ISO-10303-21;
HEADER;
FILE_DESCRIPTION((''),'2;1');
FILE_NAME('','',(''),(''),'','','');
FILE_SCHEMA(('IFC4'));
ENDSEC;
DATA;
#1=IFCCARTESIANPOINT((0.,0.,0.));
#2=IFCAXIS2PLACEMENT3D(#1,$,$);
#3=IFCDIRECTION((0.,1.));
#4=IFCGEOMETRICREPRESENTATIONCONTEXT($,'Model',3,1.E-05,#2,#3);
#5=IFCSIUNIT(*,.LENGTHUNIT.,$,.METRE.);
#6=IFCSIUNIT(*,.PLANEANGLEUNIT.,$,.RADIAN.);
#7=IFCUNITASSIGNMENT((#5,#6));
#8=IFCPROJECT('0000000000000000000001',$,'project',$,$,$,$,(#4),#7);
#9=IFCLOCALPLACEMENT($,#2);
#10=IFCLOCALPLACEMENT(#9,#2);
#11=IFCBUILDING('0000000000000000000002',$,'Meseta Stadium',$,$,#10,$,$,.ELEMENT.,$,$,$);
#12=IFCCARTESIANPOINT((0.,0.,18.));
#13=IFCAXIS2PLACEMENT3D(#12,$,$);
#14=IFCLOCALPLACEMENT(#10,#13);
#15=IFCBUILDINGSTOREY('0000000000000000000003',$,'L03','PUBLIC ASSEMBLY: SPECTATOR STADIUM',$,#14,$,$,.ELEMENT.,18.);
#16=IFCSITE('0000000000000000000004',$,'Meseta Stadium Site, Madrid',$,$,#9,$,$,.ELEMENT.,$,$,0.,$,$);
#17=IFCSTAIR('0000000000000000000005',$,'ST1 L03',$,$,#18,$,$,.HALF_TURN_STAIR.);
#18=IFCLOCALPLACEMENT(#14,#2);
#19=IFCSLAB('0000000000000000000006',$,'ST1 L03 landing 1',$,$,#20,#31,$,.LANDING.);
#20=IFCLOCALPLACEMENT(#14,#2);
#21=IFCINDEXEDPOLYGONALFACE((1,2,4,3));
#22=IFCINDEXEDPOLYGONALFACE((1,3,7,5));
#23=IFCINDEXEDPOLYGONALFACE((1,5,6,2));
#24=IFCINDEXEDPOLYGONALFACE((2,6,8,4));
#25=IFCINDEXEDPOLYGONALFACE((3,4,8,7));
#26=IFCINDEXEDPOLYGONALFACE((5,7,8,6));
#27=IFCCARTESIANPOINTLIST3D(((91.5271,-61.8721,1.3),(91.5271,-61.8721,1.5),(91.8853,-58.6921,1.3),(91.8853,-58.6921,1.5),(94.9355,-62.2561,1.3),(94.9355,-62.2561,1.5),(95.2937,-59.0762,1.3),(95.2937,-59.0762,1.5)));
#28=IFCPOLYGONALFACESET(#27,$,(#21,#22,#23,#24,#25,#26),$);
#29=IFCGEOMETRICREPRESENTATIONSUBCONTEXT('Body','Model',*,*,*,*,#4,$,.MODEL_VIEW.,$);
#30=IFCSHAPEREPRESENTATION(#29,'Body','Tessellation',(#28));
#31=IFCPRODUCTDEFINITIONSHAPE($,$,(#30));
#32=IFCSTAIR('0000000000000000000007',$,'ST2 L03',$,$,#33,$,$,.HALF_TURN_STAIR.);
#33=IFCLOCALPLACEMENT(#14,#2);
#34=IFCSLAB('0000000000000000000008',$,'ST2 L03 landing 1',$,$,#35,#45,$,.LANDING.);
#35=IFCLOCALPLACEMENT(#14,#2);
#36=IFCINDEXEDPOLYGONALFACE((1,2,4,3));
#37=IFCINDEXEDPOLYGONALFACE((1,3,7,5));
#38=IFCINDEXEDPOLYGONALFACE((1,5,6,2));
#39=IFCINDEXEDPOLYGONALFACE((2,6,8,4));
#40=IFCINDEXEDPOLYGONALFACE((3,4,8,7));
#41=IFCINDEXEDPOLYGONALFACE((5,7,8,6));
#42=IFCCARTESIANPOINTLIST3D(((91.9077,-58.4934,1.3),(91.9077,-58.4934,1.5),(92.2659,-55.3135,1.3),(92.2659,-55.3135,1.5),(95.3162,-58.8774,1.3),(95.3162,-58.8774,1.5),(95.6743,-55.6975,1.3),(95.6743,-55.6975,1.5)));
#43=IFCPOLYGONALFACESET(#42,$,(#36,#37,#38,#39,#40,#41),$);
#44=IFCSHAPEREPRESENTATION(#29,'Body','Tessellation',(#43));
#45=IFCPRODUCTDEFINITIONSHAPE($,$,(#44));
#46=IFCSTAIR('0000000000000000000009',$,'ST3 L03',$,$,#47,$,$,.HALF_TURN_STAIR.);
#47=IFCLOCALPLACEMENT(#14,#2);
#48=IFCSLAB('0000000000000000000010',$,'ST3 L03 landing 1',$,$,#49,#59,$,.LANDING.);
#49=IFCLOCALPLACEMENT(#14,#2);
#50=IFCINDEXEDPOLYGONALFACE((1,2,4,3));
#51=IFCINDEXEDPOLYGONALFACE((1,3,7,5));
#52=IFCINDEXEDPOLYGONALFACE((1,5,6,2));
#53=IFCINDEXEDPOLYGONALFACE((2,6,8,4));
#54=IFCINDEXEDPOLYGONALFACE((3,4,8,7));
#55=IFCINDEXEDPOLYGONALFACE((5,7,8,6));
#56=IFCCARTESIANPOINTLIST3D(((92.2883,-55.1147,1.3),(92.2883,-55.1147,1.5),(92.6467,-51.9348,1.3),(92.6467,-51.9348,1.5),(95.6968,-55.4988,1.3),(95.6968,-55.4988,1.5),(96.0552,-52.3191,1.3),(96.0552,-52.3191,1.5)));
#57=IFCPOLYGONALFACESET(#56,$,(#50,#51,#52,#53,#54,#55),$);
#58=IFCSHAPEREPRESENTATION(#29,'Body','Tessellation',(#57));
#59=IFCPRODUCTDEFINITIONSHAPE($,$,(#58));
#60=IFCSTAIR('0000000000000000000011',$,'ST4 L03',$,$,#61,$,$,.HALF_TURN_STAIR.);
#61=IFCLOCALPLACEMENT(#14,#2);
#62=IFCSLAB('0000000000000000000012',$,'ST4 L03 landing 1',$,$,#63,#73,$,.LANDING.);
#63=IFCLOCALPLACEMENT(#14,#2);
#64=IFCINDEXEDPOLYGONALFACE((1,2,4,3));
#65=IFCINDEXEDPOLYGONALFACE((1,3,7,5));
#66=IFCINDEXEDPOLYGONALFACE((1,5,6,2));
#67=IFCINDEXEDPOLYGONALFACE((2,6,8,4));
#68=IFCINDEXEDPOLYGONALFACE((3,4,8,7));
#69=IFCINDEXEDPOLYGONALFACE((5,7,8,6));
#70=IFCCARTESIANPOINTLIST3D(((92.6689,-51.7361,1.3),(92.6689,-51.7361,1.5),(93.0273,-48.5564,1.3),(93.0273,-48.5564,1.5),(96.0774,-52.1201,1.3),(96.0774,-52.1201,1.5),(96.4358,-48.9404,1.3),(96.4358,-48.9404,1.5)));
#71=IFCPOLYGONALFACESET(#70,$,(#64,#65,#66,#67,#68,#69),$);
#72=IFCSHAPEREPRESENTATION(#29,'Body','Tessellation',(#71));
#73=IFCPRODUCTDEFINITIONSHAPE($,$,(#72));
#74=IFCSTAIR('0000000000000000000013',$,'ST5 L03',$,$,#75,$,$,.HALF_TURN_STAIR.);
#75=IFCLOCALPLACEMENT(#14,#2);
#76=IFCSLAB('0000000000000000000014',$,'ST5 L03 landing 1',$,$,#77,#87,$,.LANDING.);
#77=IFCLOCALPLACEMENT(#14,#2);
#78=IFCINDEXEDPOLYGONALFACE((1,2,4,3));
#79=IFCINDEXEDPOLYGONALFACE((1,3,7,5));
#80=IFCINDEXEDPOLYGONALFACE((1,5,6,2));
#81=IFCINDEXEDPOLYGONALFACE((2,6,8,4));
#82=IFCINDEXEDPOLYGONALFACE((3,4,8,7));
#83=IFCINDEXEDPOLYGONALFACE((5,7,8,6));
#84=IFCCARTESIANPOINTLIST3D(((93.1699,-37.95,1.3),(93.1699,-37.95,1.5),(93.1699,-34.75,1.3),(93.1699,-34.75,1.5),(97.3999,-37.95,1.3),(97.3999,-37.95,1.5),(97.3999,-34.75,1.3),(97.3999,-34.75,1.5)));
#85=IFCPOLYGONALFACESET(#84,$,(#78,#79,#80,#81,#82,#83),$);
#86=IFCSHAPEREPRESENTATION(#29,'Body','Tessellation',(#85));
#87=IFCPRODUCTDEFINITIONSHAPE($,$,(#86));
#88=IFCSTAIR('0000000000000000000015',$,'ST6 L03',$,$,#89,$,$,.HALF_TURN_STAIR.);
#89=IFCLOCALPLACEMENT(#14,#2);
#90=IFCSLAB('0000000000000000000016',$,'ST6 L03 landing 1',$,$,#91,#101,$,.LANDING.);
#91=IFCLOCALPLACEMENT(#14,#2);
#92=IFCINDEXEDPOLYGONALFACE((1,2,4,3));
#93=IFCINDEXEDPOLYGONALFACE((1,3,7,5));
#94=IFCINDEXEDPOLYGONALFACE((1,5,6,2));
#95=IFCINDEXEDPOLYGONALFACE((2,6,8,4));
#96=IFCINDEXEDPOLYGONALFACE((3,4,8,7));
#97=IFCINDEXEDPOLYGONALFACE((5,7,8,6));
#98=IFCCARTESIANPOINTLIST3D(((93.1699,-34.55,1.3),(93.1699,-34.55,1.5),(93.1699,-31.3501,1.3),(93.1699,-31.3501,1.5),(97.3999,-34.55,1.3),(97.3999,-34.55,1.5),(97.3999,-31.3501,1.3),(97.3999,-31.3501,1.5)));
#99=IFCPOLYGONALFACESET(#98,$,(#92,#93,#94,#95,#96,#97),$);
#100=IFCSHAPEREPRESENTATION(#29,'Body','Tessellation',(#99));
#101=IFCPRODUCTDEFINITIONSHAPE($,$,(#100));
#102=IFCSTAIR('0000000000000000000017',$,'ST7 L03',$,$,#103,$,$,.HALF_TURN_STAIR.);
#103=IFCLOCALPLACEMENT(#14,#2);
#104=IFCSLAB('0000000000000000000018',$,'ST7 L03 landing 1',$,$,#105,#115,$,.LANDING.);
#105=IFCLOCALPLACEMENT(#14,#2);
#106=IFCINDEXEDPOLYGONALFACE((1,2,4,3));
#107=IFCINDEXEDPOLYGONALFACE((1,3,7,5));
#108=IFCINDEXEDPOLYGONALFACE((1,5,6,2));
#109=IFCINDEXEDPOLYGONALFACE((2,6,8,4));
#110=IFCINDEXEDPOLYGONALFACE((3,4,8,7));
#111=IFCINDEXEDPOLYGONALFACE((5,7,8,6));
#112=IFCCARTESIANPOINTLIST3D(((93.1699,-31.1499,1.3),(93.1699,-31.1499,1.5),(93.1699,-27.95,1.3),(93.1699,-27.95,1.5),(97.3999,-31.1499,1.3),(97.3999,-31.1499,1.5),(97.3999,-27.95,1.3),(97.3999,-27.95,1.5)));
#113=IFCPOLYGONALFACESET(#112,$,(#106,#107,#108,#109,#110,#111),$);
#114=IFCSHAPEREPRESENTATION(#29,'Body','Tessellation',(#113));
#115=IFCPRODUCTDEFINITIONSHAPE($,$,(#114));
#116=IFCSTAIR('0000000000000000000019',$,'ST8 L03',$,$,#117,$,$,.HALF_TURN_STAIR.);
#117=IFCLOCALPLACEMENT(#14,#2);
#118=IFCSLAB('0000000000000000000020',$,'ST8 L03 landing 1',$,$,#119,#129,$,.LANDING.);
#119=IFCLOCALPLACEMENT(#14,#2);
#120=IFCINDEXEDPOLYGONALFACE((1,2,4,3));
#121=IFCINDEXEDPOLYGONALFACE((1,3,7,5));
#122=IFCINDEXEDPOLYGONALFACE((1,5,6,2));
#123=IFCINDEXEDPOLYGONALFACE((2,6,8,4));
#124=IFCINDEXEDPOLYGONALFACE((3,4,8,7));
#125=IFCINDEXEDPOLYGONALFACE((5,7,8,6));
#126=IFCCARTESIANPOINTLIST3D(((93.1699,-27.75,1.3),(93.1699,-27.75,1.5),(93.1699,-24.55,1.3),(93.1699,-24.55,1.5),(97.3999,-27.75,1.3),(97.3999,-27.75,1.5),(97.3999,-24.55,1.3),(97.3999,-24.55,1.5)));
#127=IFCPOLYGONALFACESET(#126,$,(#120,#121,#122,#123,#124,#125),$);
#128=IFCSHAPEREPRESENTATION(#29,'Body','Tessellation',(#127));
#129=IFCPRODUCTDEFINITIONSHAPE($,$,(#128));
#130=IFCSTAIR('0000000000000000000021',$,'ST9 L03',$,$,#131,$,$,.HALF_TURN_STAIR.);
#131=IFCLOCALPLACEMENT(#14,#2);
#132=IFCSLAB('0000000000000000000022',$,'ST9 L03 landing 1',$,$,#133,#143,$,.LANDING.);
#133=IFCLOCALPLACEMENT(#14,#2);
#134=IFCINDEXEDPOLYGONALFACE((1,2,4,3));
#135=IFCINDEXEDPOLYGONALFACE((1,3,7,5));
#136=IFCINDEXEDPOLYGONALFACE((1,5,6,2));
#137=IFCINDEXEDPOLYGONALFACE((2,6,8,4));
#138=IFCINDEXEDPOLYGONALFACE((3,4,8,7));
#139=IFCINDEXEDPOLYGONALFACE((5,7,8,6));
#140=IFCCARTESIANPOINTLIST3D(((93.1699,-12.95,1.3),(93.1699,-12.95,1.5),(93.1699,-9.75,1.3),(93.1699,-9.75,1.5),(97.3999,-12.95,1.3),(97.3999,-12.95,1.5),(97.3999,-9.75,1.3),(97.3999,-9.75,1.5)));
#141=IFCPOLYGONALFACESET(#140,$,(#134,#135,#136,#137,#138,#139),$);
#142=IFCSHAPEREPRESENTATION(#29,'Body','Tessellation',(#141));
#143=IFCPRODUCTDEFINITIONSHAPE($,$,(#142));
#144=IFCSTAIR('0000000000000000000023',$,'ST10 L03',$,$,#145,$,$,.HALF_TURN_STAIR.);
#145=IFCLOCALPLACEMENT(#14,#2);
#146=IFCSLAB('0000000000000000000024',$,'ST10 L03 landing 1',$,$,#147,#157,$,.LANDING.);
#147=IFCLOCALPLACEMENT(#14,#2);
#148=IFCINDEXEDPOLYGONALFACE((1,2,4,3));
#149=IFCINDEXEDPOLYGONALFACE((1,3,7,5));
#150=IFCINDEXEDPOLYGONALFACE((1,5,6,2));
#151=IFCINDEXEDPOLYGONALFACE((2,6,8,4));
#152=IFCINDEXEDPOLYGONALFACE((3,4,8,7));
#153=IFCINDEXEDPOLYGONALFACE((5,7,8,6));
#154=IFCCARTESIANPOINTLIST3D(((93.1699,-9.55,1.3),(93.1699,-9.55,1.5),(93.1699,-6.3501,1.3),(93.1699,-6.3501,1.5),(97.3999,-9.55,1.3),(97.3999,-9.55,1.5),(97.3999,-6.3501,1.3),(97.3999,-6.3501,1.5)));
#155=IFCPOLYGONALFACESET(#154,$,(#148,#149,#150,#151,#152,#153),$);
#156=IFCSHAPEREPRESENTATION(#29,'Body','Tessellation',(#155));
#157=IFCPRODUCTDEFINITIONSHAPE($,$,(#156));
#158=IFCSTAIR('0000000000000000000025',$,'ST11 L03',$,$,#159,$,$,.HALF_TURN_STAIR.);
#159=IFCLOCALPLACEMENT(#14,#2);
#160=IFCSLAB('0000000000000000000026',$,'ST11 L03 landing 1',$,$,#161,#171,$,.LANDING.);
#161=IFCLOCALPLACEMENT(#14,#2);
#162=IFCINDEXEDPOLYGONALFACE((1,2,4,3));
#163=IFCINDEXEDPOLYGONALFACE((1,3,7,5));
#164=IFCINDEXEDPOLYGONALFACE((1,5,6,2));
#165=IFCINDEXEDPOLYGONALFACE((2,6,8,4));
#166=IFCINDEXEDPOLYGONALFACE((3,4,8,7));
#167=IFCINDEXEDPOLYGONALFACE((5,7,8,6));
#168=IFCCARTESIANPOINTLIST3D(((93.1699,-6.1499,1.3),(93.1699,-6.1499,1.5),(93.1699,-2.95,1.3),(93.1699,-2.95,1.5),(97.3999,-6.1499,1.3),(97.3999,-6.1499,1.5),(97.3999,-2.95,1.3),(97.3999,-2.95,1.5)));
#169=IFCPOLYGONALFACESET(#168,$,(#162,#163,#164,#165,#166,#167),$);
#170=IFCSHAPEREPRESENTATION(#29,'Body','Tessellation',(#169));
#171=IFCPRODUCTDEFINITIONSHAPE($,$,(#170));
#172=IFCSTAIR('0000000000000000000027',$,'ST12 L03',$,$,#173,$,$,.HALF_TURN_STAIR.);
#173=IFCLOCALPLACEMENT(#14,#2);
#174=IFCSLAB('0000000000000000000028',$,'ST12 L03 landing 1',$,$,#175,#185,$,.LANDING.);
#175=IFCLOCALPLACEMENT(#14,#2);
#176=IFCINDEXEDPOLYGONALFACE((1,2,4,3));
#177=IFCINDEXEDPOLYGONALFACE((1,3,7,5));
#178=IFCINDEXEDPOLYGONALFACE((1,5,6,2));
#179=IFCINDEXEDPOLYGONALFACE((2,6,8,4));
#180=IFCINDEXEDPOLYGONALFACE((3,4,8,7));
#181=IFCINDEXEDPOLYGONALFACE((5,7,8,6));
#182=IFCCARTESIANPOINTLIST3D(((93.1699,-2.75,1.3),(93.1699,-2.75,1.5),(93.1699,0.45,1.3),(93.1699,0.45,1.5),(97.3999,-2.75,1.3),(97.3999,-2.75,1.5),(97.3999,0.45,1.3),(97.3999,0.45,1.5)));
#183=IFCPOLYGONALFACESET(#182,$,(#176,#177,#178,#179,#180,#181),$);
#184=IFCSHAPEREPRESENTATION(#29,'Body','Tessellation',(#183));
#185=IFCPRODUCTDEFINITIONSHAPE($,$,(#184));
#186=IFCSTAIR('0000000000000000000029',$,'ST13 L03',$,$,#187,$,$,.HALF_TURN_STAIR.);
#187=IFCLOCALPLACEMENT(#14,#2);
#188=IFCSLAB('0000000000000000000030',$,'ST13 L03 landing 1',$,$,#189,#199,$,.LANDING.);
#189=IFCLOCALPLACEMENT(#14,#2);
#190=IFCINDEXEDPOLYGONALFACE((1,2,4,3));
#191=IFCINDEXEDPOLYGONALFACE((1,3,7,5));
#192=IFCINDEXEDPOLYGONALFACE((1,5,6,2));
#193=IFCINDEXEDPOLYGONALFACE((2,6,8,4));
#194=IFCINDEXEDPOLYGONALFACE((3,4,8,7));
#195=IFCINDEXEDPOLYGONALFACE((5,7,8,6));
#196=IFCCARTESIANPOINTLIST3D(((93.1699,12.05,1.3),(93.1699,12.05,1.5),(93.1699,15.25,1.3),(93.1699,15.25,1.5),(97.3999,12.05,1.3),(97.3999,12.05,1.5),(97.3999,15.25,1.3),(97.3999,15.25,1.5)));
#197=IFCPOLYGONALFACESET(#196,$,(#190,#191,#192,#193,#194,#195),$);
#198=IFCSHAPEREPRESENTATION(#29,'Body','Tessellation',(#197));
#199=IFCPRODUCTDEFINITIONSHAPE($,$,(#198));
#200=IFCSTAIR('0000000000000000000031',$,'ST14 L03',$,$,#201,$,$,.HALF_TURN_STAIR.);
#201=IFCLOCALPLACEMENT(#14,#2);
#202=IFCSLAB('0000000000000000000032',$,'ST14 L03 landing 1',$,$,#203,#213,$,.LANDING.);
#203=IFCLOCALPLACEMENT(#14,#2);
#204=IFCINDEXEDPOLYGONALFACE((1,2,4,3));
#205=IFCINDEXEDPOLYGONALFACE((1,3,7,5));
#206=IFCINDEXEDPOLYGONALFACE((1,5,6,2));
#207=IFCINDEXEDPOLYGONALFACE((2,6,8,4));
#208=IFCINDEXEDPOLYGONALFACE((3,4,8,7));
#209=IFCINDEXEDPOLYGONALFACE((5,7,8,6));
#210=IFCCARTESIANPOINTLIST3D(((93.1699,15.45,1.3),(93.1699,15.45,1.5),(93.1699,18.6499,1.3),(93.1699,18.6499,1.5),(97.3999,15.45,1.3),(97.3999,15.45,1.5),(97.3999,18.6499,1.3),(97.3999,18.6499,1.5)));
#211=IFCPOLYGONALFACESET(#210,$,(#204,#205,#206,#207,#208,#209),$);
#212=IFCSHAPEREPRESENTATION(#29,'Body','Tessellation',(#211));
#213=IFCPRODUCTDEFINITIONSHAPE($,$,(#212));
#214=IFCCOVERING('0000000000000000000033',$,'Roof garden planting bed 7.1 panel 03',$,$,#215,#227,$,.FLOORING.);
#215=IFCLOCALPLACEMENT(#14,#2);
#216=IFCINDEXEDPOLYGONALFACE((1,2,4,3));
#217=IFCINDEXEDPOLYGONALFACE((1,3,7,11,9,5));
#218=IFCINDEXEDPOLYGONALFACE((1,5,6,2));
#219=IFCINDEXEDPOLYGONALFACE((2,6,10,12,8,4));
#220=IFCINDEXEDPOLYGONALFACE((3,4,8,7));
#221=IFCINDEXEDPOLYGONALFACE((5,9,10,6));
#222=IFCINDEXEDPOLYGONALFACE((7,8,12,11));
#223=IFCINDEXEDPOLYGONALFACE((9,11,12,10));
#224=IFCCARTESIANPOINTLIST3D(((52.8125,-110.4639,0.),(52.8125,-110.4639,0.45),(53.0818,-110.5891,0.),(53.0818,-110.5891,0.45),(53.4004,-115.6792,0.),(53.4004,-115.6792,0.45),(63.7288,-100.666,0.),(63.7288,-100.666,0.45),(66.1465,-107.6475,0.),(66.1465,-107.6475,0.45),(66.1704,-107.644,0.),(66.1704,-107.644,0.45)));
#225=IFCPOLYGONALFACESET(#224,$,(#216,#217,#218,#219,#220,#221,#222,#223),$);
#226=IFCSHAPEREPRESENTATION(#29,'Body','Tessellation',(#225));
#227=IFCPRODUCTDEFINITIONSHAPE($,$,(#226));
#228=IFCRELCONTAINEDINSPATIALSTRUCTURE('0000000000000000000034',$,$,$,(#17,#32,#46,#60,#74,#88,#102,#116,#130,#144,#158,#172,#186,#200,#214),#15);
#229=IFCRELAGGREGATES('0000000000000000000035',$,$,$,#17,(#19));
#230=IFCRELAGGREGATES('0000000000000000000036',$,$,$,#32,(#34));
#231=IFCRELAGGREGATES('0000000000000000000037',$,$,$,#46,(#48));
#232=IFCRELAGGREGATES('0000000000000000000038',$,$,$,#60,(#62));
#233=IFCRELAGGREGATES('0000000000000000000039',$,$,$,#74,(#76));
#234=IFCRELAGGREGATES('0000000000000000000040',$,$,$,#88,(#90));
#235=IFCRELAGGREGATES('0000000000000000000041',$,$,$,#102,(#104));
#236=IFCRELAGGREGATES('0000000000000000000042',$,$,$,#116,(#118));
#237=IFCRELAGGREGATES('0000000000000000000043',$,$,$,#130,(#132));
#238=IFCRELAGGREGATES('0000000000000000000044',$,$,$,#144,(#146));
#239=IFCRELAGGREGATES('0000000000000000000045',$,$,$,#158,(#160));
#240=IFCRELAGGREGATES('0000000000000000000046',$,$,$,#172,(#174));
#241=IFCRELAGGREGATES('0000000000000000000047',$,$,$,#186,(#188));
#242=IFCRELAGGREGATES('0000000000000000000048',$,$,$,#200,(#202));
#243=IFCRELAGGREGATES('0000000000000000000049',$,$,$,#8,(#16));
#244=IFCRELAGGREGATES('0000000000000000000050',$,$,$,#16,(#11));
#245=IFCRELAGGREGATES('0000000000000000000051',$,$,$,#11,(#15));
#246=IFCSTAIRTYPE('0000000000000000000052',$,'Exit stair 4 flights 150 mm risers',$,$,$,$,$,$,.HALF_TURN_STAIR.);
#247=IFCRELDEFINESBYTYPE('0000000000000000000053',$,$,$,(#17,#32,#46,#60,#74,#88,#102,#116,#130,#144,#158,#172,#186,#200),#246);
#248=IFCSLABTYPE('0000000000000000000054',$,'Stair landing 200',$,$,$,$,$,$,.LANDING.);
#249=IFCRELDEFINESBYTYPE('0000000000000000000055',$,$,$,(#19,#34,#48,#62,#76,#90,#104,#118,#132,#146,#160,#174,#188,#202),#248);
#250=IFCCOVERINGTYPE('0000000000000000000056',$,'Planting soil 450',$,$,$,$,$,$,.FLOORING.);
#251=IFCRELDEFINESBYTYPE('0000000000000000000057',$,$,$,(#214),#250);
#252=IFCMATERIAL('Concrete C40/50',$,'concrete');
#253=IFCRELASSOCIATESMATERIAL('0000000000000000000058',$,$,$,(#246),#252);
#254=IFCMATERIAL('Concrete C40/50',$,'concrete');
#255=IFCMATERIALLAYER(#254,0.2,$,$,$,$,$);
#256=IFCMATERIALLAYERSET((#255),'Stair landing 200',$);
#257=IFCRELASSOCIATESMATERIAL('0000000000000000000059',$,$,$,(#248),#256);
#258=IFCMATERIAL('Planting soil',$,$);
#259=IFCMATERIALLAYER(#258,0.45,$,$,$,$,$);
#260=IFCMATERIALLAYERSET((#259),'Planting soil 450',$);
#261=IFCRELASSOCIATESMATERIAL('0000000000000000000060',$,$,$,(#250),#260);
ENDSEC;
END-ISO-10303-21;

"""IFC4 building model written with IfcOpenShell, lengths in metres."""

from ifc_helpers import new_model, si_unit, direction, frame, origin, place, context, subcontext, project, spatial, polyline, outline, extrude, material, layer, layer_set, type_object, element, aggregate, save


model = new_model("IFC4")

# Units and contexts
model_context = context("Model", 3, precision=1e-05, world=origin(), true_north=direction((0.0, 1.0)))
body_context = subcontext(model_context, "Body", "Model", "MODEL_VIEW")
ifc_project = project(units=[si_unit("LENGTHUNIT", "METRE"), si_unit("PLANEANGLEUNIT", "RADIAN")], contexts=[model_context])

# Site, building, storey
site_placement = place(None, origin())
site = spatial("IfcSite", under=ifc_project, at=site_placement, Name="Meseta Stadium Site, Madrid", CompositionType="ELEMENT", RefElevation=0.0)
building_placement = place(site_placement, origin())
building = spatial("IfcBuilding", under=site, at=building_placement, Name="Meseta Stadium", CompositionType="ELEMENT")
storey_placement = place(building_placement, frame((0.0, 0.0, 18.0)))
storey = spatial("IfcBuildingStorey", under=building, at=storey_placement, Name="L03", Description="PUBLIC ASSEMBLY: SPECTATOR STADIUM", CompositionType="ELEMENT", Elevation=18.0)

# Stairs, slabs
ifc_material_1 = material(Name="Concrete C40/50", Category="concrete")
stair_type = type_object("IfcStairType", Name="Exit stair 4 flights 150 mm risers", PredefinedType="HALF_TURN_STAIR", material=ifc_material_1)
stair_1_placement = place(storey_placement, origin())
stair_1 = element("IfcStair", 1, at=stair_1_placement, inside=storey, type_object=stair_type, Name="ST1 L03", PredefinedType="HALF_TURN_STAIR")
ifc_material_2 = material(Name="Concrete C40/50", Category="concrete")
ifc_layer_1 = layer(ifc_material_2, 0.2)
ifc_layer_set_1 = layer_set([ifc_layer_1], Name="Stair landing 200")
slab_type = type_object("IfcSlabType", Name="Stair landing 200", PredefinedType="LANDING", material=ifc_layer_set_1)
slab_1_placement = place(storey_placement, frame((0.0, 0.0, 1.3)))
slab_1 = element("IfcSlab", 2, at=slab_1_placement, type_object=slab_type, Name="ST1 L03 landing 1", PredefinedType="LANDING", context=body_context, shape_type="SweptSolid", body=[
    extrude(outline(polyline([(91.5271, -61.8721), (94.9355, -62.2561), (95.2937, -59.0762), (91.8853, -58.6921), (91.5271, -61.8721)])), origin(), (0.0, 0.0, 1.0), 0.2),
])
aggregate(stair_1, [slab_1])
stair_2_placement = place(storey_placement, origin())
stair_2 = element("IfcStair", 3, at=stair_2_placement, inside=storey, type_object=stair_type, Name="ST2 L03", PredefinedType="HALF_TURN_STAIR")
slab_2_placement = place(storey_placement, frame((0.0, 0.0, 1.3)))
slab_2 = element("IfcSlab", 4, at=slab_2_placement, type_object=slab_type, Name="ST2 L03 landing 1", PredefinedType="LANDING", context=body_context, shape_type="SweptSolid", body=[
    extrude(outline(polyline([(91.9077, -58.4934), (95.3162, -58.8774), (95.6743, -55.6975), (92.2659, -55.3135), (91.9077, -58.4934)])), origin(), (0.0, 0.0, 1.0), 0.2),
])
aggregate(stair_2, [slab_2])
stair_3_placement = place(storey_placement, origin())
stair_3 = element("IfcStair", 5, at=stair_3_placement, inside=storey, type_object=stair_type, Name="ST3 L03", PredefinedType="HALF_TURN_STAIR")
slab_3_placement = place(storey_placement, frame((0.0, 0.0, 1.3)))
slab_3 = element("IfcSlab", 6, at=slab_3_placement, type_object=slab_type, Name="ST3 L03 landing 1", PredefinedType="LANDING", context=body_context, shape_type="SweptSolid", body=[
    extrude(outline(polyline([(92.2883, -55.1147), (95.6968, -55.4988), (96.0552, -52.3191), (92.6467, -51.9348), (92.2883, -55.1147)])), origin(), (0.0, 0.0, 1.0), 0.2),
])
aggregate(stair_3, [slab_3])
stair_4_placement = place(storey_placement, origin())
stair_4 = element("IfcStair", 7, at=stair_4_placement, inside=storey, type_object=stair_type, Name="ST4 L03", PredefinedType="HALF_TURN_STAIR")
slab_4_placement = place(storey_placement, frame((0.0, 0.0, 1.3)))
slab_4 = element("IfcSlab", 8, at=slab_4_placement, type_object=slab_type, Name="ST4 L03 landing 1", PredefinedType="LANDING", context=body_context, shape_type="SweptSolid", body=[
    extrude(outline(polyline([(92.6689, -51.7361), (96.0774, -52.1201), (96.4358, -48.9404), (93.0273, -48.5564), (92.6689, -51.7361)])), origin(), (0.0, 0.0, 1.0), 0.2),
])
aggregate(stair_4, [slab_4])
stair_5_placement = place(storey_placement, origin())
stair_5 = element("IfcStair", 9, at=stair_5_placement, inside=storey, type_object=stair_type, Name="ST5 L03", PredefinedType="HALF_TURN_STAIR")
slab_5_placement = place(storey_placement, frame((0.0, 0.0, 1.3)))
slab_5 = element("IfcSlab", 10, at=slab_5_placement, type_object=slab_type, Name="ST5 L03 landing 1", PredefinedType="LANDING", context=body_context, shape_type="SweptSolid", body=[
    extrude(outline(polyline([(93.1699, -37.95), (97.3999, -37.95), (97.3999, -34.75), (93.1699, -34.75), (93.1699, -37.95)])), origin(), (0.0, 0.0, 1.0), 0.2),
])
aggregate(stair_5, [slab_5])
stair_6_placement = place(storey_placement, origin())
stair_6 = element("IfcStair", 11, at=stair_6_placement, inside=storey, type_object=stair_type, Name="ST6 L03", PredefinedType="HALF_TURN_STAIR")
slab_6_placement = place(storey_placement, frame((0.0, 0.0, 1.3)))
slab_6 = element("IfcSlab", 12, at=slab_6_placement, type_object=slab_type, Name="ST6 L03 landing 1", PredefinedType="LANDING", context=body_context, shape_type="SweptSolid", body=[
    extrude(outline(polyline([(93.1699, -34.55), (97.3999, -34.55), (97.3999, -31.3501), (93.1699, -31.3501), (93.1699, -34.55)])), origin(), (0.0, 0.0, 1.0), 0.2),
])
aggregate(stair_6, [slab_6])
stair_7_placement = place(storey_placement, origin())
stair_7 = element("IfcStair", 13, at=stair_7_placement, inside=storey, type_object=stair_type, Name="ST7 L03", PredefinedType="HALF_TURN_STAIR")
slab_7_placement = place(storey_placement, frame((0.0, 0.0, 1.3)))
slab_7 = element("IfcSlab", 14, at=slab_7_placement, type_object=slab_type, Name="ST7 L03 landing 1", PredefinedType="LANDING", context=body_context, shape_type="SweptSolid", body=[
    extrude(outline(polyline([(93.1699, -31.1499), (97.3999, -31.1499), (97.3999, -27.95), (93.1699, -27.95), (93.1699, -31.1499)])), origin(), (0.0, 0.0, 1.0), 0.2),
])
aggregate(stair_7, [slab_7])
stair_8_placement = place(storey_placement, origin())
stair_8 = element("IfcStair", 15, at=stair_8_placement, inside=storey, type_object=stair_type, Name="ST8 L03", PredefinedType="HALF_TURN_STAIR")
slab_8_placement = place(storey_placement, frame((0.0, 0.0, 1.3)))
slab_8 = element("IfcSlab", 16, at=slab_8_placement, type_object=slab_type, Name="ST8 L03 landing 1", PredefinedType="LANDING", context=body_context, shape_type="SweptSolid", body=[
    extrude(outline(polyline([(93.1699, -27.75), (97.3999, -27.75), (97.3999, -24.55), (93.1699, -24.55), (93.1699, -27.75)])), origin(), (0.0, 0.0, 1.0), 0.2),
])
aggregate(stair_8, [slab_8])
stair_9_placement = place(storey_placement, origin())
stair_9 = element("IfcStair", 17, at=stair_9_placement, inside=storey, type_object=stair_type, Name="ST9 L03", PredefinedType="HALF_TURN_STAIR")
slab_9_placement = place(storey_placement, frame((0.0, 0.0, 1.3)))
slab_9 = element("IfcSlab", 18, at=slab_9_placement, type_object=slab_type, Name="ST9 L03 landing 1", PredefinedType="LANDING", context=body_context, shape_type="SweptSolid", body=[
    extrude(outline(polyline([(93.1699, -12.95), (97.3999, -12.95), (97.3999, -9.75), (93.1699, -9.75), (93.1699, -12.95)])), origin(), (0.0, 0.0, 1.0), 0.2),
])
aggregate(stair_9, [slab_9])
stair_10_placement = place(storey_placement, origin())
stair_10 = element("IfcStair", 19, at=stair_10_placement, inside=storey, type_object=stair_type, Name="ST10 L03", PredefinedType="HALF_TURN_STAIR")
slab_10_placement = place(storey_placement, frame((0.0, 0.0, 1.3)))
slab_10 = element("IfcSlab", 20, at=slab_10_placement, type_object=slab_type, Name="ST10 L03 landing 1", PredefinedType="LANDING", context=body_context, shape_type="SweptSolid", body=[
    extrude(outline(polyline([(93.1699, -9.55), (97.3999, -9.55), (97.3999, -6.3501), (93.1699, -6.3501), (93.1699, -9.55)])), origin(), (0.0, 0.0, 1.0), 0.2),
])
aggregate(stair_10, [slab_10])
stair_11_placement = place(storey_placement, origin())
stair_11 = element("IfcStair", 21, at=stair_11_placement, inside=storey, type_object=stair_type, Name="ST11 L03", PredefinedType="HALF_TURN_STAIR")
slab_11_placement = place(storey_placement, frame((0.0, 0.0, 1.3)))
slab_11 = element("IfcSlab", 22, at=slab_11_placement, type_object=slab_type, Name="ST11 L03 landing 1", PredefinedType="LANDING", context=body_context, shape_type="SweptSolid", body=[
    extrude(outline(polyline([(93.1699, -6.1499), (97.3999, -6.1499), (97.3999, -2.95), (93.1699, -2.95), (93.1699, -6.1499)])), origin(), (0.0, 0.0, 1.0), 0.2),
])
aggregate(stair_11, [slab_11])
stair_12_placement = place(storey_placement, origin())
stair_12 = element("IfcStair", 23, at=stair_12_placement, inside=storey, type_object=stair_type, Name="ST12 L03", PredefinedType="HALF_TURN_STAIR")
slab_12_placement = place(storey_placement, frame((0.0, 0.0, 1.3)))
slab_12 = element("IfcSlab", 24, at=slab_12_placement, type_object=slab_type, Name="ST12 L03 landing 1", PredefinedType="LANDING", context=body_context, shape_type="SweptSolid", body=[
    extrude(outline(polyline([(93.1699, -2.75), (97.3999, -2.75), (97.3999, 0.45), (93.1699, 0.45), (93.1699, -2.75)])), origin(), (0.0, 0.0, 1.0), 0.2),
])
aggregate(stair_12, [slab_12])
stair_13_placement = place(storey_placement, origin())
stair_13 = element("IfcStair", 25, at=stair_13_placement, inside=storey, type_object=stair_type, Name="ST13 L03", PredefinedType="HALF_TURN_STAIR")
slab_13_placement = place(storey_placement, frame((0.0, 0.0, 1.3)))
slab_13 = element("IfcSlab", 26, at=slab_13_placement, type_object=slab_type, Name="ST13 L03 landing 1", PredefinedType="LANDING", context=body_context, shape_type="SweptSolid", body=[
    extrude(outline(polyline([(93.1699, 12.05), (97.3999, 12.05), (97.3999, 15.25), (93.1699, 15.25), (93.1699, 12.05)])), origin(), (0.0, 0.0, 1.0), 0.2),
])
aggregate(stair_13, [slab_13])
stair_14_placement = place(storey_placement, origin())
stair_14 = element("IfcStair", 27, at=stair_14_placement, inside=storey, type_object=stair_type, Name="ST14 L03", PredefinedType="HALF_TURN_STAIR")
slab_14_placement = place(storey_placement, frame((0.0, 0.0, 1.3)))
slab_14 = element("IfcSlab", 28, at=slab_14_placement, type_object=slab_type, Name="ST14 L03 landing 1", PredefinedType="LANDING", context=body_context, shape_type="SweptSolid", body=[
    extrude(outline(polyline([(93.1699, 15.45), (97.3999, 15.45), (97.3999, 18.6499), (93.1699, 18.6499), (93.1699, 15.45)])), origin(), (0.0, 0.0, 1.0), 0.2),
])
aggregate(stair_14, [slab_14])

# Covering
ifc_material_3 = material(Name="Planting soil")
ifc_layer_2 = layer(ifc_material_3, 0.45)
ifc_layer_set_2 = layer_set([ifc_layer_2], Name="Planting soil 450")
covering_type = type_object("IfcCoveringType", Name="Planting soil 450", PredefinedType="FLOORING", material=ifc_layer_set_2)
covering_1_placement = place(storey_placement, origin())
element("IfcCovering", 29, at=covering_1_placement, inside=storey, type_object=covering_type, Name="Roof garden planting bed 7.1 panel 03", PredefinedType="FLOORING", context=body_context, shape_type="SweptSolid", body=[
    extrude(outline(polyline([(52.8125, -110.4639), (53.4004, -115.6792), (66.1465, -107.6475), (66.1704, -107.644), (63.7288, -100.666), (53.0818, -110.5891), (52.8125, -110.4639)])), origin(), (0.0, 0.0, 1.0), 0.45),
])

save(model, "model.ifc")
